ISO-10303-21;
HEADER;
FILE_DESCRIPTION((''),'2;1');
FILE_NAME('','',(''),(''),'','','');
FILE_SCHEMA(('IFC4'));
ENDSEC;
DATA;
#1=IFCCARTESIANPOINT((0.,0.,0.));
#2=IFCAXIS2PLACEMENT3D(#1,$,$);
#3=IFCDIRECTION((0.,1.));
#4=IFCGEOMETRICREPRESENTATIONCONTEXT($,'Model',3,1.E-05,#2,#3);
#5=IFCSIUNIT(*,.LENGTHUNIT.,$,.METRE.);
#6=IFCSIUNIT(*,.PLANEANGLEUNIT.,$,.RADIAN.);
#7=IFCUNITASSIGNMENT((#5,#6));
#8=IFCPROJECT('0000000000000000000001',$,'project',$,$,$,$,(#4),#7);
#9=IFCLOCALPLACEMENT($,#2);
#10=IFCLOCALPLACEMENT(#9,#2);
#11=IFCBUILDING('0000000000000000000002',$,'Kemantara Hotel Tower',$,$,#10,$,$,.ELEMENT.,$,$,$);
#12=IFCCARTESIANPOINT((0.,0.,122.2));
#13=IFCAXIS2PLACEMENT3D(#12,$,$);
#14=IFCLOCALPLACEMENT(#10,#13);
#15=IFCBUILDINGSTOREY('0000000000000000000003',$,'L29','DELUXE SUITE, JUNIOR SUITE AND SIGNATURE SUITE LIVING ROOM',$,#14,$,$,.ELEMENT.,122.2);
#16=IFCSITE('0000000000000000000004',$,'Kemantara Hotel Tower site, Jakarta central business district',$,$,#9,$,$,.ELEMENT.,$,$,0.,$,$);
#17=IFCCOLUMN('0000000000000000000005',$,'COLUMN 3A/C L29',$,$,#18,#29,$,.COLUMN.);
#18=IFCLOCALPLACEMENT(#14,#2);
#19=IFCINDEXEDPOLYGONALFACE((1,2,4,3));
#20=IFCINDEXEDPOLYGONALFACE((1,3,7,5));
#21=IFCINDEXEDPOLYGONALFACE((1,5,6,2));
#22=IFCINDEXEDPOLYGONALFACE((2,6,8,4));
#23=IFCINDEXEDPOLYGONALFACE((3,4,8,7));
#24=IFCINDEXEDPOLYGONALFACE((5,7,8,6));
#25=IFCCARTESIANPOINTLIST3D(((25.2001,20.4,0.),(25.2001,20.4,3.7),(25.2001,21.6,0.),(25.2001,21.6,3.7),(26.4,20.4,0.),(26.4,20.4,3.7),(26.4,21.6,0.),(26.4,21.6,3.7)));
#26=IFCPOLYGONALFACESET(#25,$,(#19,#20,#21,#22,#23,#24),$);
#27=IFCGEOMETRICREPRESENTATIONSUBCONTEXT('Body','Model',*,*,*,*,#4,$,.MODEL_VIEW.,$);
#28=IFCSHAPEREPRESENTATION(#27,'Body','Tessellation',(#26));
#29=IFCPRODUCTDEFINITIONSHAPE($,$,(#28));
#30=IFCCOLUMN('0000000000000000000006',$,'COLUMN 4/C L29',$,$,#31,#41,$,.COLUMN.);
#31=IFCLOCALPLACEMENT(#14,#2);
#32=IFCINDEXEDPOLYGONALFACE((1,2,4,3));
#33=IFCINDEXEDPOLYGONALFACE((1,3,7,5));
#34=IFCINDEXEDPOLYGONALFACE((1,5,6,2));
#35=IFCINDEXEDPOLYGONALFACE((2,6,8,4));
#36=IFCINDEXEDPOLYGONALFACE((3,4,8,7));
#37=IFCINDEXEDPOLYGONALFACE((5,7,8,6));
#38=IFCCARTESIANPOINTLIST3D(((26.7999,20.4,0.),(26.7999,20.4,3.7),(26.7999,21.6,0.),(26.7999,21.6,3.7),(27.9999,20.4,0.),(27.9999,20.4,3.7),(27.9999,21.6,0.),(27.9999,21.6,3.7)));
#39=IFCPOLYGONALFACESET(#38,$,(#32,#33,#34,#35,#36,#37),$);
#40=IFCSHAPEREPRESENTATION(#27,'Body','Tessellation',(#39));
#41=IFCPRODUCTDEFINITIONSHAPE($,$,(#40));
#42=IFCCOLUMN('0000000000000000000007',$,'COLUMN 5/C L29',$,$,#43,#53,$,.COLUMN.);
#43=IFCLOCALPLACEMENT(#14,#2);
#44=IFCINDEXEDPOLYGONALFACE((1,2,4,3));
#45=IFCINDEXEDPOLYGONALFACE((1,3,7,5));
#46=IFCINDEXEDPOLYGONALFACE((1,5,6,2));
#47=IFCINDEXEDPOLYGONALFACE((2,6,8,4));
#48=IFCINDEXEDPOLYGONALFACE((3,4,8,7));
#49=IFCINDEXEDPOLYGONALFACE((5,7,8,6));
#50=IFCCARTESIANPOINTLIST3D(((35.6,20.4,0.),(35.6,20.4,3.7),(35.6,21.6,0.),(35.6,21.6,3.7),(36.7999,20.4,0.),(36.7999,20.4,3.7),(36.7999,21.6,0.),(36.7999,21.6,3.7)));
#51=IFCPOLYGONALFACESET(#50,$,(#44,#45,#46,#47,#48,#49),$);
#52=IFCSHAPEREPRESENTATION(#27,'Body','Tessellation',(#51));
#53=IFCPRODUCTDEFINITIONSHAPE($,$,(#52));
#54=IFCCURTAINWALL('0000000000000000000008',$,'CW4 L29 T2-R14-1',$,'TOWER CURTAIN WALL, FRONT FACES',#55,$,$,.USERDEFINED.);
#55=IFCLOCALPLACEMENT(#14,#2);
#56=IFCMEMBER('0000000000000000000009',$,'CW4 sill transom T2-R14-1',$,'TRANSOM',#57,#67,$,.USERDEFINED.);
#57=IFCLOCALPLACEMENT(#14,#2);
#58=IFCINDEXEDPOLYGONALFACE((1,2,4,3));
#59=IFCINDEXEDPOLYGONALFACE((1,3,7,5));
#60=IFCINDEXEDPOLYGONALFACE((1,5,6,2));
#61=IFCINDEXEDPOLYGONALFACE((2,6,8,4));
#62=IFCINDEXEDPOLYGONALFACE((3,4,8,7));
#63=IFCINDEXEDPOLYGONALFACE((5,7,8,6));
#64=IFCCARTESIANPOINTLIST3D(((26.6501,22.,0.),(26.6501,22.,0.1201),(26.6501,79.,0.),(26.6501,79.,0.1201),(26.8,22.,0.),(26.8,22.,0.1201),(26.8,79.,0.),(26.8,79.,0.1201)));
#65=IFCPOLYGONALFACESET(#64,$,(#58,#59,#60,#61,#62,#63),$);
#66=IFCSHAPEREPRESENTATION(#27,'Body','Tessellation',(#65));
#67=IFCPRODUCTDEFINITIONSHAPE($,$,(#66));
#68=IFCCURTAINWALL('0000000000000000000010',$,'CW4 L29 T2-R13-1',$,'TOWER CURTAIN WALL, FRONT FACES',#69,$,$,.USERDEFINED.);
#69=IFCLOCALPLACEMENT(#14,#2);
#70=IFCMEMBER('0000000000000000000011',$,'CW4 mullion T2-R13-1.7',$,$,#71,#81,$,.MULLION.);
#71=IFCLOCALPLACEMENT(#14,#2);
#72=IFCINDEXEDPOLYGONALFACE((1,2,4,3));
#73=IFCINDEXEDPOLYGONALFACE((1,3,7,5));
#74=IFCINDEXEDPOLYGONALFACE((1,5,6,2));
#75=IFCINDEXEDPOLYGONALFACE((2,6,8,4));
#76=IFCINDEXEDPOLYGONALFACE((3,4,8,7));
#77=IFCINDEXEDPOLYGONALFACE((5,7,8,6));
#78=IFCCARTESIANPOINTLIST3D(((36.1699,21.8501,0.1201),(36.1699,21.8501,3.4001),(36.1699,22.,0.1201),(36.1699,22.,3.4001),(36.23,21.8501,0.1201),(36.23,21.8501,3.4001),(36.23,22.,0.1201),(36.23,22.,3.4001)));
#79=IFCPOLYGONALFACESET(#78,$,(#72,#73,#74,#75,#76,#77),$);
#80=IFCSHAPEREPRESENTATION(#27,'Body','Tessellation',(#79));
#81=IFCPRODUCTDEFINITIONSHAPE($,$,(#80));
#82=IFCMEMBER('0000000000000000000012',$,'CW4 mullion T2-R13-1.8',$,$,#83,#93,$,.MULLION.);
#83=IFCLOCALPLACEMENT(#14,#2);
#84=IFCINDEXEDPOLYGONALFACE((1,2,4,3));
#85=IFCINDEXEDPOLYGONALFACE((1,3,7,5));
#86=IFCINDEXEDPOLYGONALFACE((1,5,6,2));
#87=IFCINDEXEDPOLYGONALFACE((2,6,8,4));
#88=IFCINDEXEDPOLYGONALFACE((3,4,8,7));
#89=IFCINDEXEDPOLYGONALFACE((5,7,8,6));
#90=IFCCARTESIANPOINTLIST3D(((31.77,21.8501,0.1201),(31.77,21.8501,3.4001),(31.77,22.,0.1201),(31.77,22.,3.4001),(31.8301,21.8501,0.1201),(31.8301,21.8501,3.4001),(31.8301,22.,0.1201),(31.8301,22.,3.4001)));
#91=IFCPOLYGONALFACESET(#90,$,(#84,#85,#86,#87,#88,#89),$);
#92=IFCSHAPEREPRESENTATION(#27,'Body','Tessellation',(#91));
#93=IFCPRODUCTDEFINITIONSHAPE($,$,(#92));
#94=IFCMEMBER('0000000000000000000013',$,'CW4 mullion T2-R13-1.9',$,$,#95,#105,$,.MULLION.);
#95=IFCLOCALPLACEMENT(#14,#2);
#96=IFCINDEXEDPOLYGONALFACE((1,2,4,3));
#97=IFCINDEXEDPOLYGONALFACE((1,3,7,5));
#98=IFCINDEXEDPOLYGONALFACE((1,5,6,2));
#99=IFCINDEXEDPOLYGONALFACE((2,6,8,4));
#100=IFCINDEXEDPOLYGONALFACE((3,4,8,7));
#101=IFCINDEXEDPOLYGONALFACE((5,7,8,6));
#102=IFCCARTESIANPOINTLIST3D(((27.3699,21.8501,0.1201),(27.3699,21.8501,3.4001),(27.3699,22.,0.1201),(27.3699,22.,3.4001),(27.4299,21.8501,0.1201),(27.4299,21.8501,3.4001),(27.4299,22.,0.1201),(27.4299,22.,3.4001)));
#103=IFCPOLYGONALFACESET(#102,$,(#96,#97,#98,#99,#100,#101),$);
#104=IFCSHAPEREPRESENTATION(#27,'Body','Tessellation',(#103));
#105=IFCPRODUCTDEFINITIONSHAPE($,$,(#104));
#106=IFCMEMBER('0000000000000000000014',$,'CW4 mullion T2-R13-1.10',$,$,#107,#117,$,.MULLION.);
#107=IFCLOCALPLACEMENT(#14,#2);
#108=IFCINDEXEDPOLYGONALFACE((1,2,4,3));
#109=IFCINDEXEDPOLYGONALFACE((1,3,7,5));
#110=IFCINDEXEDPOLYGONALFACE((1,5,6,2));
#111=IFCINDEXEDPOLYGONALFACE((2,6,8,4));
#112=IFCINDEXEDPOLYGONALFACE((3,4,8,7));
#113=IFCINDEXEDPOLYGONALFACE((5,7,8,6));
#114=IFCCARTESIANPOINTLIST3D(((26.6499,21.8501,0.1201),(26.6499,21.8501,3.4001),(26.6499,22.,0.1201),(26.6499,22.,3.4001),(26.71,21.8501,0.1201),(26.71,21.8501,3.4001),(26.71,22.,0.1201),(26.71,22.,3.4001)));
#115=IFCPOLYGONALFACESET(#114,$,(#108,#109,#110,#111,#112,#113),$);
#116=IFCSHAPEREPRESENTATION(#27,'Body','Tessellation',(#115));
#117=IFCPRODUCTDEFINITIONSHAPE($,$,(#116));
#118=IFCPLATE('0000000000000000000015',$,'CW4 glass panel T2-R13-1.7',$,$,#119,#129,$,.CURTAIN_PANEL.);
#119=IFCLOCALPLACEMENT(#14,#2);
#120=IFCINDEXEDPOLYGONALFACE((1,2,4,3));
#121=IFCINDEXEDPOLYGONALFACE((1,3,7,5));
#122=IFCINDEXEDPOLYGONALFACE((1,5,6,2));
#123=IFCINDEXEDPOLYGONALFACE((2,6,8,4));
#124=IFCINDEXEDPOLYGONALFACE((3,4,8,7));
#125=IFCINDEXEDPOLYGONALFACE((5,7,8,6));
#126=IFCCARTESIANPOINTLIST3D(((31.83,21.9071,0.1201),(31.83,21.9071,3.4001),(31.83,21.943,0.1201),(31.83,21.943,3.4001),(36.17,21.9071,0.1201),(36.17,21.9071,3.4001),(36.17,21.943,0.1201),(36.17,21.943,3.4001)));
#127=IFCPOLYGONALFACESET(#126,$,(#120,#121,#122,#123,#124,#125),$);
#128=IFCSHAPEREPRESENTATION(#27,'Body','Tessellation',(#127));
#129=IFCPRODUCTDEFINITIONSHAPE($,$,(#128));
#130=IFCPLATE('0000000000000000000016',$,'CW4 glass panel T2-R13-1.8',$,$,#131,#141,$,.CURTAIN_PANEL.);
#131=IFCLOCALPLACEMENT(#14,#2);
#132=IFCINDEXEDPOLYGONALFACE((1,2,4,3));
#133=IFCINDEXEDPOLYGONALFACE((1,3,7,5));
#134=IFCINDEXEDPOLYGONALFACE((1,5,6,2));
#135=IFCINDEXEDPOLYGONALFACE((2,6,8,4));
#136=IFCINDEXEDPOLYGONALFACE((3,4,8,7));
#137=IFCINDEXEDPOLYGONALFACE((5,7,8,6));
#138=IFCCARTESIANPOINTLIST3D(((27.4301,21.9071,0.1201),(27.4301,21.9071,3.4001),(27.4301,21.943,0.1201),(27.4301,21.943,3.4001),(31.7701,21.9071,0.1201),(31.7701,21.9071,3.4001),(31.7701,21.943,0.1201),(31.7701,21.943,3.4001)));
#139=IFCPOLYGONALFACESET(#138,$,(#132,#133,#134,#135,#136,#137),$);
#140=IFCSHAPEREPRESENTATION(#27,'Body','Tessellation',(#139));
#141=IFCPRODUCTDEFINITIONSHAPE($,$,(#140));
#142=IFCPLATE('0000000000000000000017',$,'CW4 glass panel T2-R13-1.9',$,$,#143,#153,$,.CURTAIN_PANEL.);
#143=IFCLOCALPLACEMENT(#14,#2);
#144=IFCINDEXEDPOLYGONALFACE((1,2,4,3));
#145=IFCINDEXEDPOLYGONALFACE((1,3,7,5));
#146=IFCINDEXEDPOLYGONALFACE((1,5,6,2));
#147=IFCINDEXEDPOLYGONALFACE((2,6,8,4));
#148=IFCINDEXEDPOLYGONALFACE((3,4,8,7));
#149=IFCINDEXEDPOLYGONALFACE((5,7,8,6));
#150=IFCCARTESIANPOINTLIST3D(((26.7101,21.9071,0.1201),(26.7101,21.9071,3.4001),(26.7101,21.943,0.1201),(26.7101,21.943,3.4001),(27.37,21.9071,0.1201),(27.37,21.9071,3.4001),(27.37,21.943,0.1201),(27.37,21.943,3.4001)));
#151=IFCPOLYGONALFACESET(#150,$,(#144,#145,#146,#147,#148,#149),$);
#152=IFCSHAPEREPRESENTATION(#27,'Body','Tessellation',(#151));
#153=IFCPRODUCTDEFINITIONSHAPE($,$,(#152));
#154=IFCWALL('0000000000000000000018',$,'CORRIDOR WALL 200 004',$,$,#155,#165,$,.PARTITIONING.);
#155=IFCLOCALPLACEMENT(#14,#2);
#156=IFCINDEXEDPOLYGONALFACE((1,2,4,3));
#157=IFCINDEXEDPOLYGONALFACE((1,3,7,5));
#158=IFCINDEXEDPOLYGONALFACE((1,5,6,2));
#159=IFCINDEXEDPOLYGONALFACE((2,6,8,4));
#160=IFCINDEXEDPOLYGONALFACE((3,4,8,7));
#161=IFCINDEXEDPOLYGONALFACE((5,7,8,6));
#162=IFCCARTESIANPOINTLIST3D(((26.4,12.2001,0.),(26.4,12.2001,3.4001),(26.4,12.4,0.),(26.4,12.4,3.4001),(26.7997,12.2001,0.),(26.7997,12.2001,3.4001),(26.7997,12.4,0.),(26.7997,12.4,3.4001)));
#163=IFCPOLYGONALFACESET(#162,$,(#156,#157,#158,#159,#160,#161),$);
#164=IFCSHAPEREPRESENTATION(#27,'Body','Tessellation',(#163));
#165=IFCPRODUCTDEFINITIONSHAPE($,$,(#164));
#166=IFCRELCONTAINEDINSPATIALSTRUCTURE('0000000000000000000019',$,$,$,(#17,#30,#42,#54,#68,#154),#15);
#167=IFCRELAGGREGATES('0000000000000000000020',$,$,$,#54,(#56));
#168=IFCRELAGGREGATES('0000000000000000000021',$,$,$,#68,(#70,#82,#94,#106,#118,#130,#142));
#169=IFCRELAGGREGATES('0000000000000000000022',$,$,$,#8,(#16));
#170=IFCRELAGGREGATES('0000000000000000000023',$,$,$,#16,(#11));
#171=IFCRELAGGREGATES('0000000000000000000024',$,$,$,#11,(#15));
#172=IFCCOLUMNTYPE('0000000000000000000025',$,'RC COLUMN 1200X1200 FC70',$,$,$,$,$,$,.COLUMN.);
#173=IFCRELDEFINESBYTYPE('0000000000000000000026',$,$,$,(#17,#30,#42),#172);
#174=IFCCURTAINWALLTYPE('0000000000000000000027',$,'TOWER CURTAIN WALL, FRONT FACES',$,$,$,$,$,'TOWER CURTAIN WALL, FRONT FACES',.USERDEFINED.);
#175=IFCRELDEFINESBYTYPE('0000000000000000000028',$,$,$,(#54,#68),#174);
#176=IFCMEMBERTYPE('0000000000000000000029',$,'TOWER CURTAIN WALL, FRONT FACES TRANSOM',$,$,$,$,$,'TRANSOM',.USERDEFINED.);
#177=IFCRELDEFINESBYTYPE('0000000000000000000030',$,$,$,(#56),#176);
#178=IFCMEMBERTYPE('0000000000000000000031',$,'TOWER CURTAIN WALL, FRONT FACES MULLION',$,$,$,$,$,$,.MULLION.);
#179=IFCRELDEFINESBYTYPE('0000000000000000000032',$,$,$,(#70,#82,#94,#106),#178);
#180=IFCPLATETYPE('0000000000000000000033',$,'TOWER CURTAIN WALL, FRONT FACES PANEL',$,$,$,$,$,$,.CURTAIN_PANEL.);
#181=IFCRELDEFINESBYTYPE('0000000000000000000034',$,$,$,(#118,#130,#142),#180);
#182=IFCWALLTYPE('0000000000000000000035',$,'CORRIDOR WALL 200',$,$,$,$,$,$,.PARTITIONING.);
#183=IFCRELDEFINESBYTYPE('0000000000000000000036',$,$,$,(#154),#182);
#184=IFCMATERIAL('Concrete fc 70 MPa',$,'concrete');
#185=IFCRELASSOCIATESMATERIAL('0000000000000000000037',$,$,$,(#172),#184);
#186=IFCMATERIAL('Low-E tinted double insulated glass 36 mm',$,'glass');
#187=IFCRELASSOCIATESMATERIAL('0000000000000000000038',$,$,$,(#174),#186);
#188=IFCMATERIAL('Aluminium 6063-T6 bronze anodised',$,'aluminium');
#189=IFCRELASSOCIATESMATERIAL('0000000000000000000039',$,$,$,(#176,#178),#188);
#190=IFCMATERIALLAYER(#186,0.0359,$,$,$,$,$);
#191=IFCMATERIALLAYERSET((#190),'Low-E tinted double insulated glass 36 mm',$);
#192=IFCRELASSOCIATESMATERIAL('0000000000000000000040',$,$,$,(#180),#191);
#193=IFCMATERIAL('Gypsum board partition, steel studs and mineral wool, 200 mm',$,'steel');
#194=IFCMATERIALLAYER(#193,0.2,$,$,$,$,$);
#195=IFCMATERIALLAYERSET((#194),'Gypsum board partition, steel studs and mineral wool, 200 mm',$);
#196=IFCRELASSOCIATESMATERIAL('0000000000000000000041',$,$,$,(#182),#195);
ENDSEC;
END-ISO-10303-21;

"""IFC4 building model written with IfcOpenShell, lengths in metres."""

from ifc_helpers import new_model, si_unit, direction, frame, frame_2d, origin, origin_2d, place, context, subcontext, project, spatial, rectangle, extrude, source, transform, mapped, material, layer, layer_set, material_profile, profile_set, type_object, element, aggregate, save


model = new_model("IFC4")

# Units and contexts
model_context = context("Model", 3, precision=1e-05, world=origin(), true_north=direction((0.0, 1.0)))
body_context = subcontext(model_context, "Body", "Model", "MODEL_VIEW")
ifc_project = project(units=[si_unit("LENGTHUNIT", "METRE"), si_unit("PLANEANGLEUNIT", "RADIAN")], contexts=[model_context])

# Site, building, storey
site_placement = place(None, origin())
site = spatial("IfcSite", under=ifc_project, at=site_placement, Name="Kemantara Hotel Tower site, Jakarta central business district", CompositionType="ELEMENT", RefElevation=0.0)
building_placement = place(site_placement, origin())
building = spatial("IfcBuilding", under=site, at=building_placement, Name="Kemantara Hotel Tower", CompositionType="ELEMENT")
storey_placement = place(building_placement, frame((0.0, 0.0, 122.2)))
storey = spatial("IfcBuildingStorey", under=building, at=storey_placement, Name="L29", Description="DELUXE SUITE, JUNIOR SUITE AND SIGNATURE SUITE LIVING ROOM", CompositionType="ELEMENT", Elevation=122.2)

# Columns
ifc_material_1 = material(Name="Concrete fc 70 MPa", Category="concrete")
ifc_material_profile_1 = material_profile(ifc_material_1, rectangle(XDim=1.2, YDim=1.2, at=origin_2d()), Name="RC 1200X1200")
ifc_profile_set_1 = profile_set([ifc_material_profile_1], Name="Concrete fc 70 MPa")
column_type = type_object("IfcColumnType", Name="RC COLUMN 1200X1200 FC70", PredefinedType="COLUMN", material=ifc_profile_set_1)
for number, where, z_axis, x_axis, name in (
    (1, (25.8, 21.0, 0.0), (0.0, 0.0, 1.0), (1.0, 0.0, 0.0), "COLUMN 3A/C L29"),
    (2, (27.3999, 21.0, 0.0), (0.0, 0.0, 1.0), (1.0, 0.0, 0.0), "COLUMN 4/C L29"),
    (3, (36.2, 21.0, 0.0), (0.0, 0.0, 1.0), (1.0, 0.0, 0.0), "COLUMN 5/C L29"),
):
    element("IfcColumn", number, at=place(storey_placement, frame(where, z_axis=z_axis, x_axis=x_axis)), inside=storey, type_object=column_type, Name=name, PredefinedType="COLUMN", context=body_context, shape_type="SweptSolid", body=[
        extrude(rectangle(XDim=1.2, YDim=1.2, at=origin_2d()), origin(), (0.0, 0.0, 1.0), 3.7),
    ])

# Curtain wall, member
ifc_material_2 = material(Name="Low-E tinted double insulated glass 36 mm", Category="glass")
curtain_wall_type = type_object("IfcCurtainWallType", Name="TOWER CURTAIN WALL, FRONT FACES", ElementType="TOWER CURTAIN WALL, FRONT FACES", PredefinedType="USERDEFINED", material=ifc_material_2)
curtain_wall_1_placement = place(storey_placement, origin())
curtain_wall_1 = element("IfcCurtainWall", 4, at=curtain_wall_1_placement, inside=storey, type_object=curtain_wall_type, Name="CW4 L29 T2-R14-1", ObjectType="TOWER CURTAIN WALL, FRONT FACES", PredefinedType="USERDEFINED")
ifc_material_3 = material(Name="Aluminium 6063-T6 bronze anodised", Category="aluminium")
ifc_material_profile_2 = material_profile(ifc_material_3, rectangle(XDim=0.1499, YDim=0.1201, at=origin_2d()), Name="TOWER CURTAIN WALL, FRONT FACES TRANSOM")
ifc_profile_set_2 = profile_set([ifc_material_profile_2], Name="Aluminium 6063-T6 bronze anodised")
member_type_1 = type_object("IfcMemberType", Name="TOWER CURTAIN WALL, FRONT FACES TRANSOM", ElementType="TRANSOM", PredefinedType="USERDEFINED", material=ifc_profile_set_2)
member_1_placement = place(storey_placement, frame((26.7251, 22.0, 0.0601), z_axis=(0.0, 1.0, 0.0), x_axis=(-1.0, 0.0, 0.0)))
member_1 = element("IfcMember", 5, at=member_1_placement, type_object=member_type_1, Name="CW4 sill transom T2-R14-1", ObjectType="TRANSOM", PredefinedType="USERDEFINED", context=body_context, shape_type="SweptSolid", body=[
    extrude(rectangle(XDim=0.1499, YDim=0.1201, at=origin_2d()), origin(), (0.0, 0.0, 1.0), 57.0),
])
aggregate(curtain_wall_1, [member_1])

# Curtain wall, members, plates
curtain_wall_2_placement = place(storey_placement, origin())
curtain_wall_2 = element("IfcCurtainWall", 6, at=curtain_wall_2_placement, inside=storey, type_object=curtain_wall_type, Name="CW4 L29 T2-R13-1", ObjectType="TOWER CURTAIN WALL, FRONT FACES", PredefinedType="USERDEFINED")
ifc_material_profile_3 = material_profile(ifc_material_3, rectangle(XDim=0.1499, YDim=0.0601, at=origin_2d()), Name="TOWER CURTAIN WALL, FRONT FACES MULLION")
ifc_profile_set_3 = profile_set([ifc_material_profile_3], Name="Aluminium 6063-T6 bronze anodised")
member_type_2 = type_object("IfcMemberType", Name="TOWER CURTAIN WALL, FRONT FACES MULLION", PredefinedType="MULLION", material=ifc_profile_set_3)
shared_shape_1 = source(origin(), body_context, "Body", "SweptSolid", [
    extrude(rectangle(XDim=0.1499, YDim=0.0601, at=origin_2d()), origin(), (0.0, 0.0, 1.0), 3.28),
])
member_2_placement = place(storey_placement, frame((36.2, 21.925, 0.1201), z_axis=(0.0, 0.0, 1.0), x_axis=(0.0, -1.0, 0.0)))
member_2 = element("IfcMember", 7, at=member_2_placement, type_object=member_type_2, Name="CW4 mullion T2-R13-1.7", PredefinedType="MULLION", context=body_context, shape_type="MappedRepresentation", body=[
    mapped(shared_shape_1, transform((0.0, 0.0, 0.0))),
])
member_3_placement = place(storey_placement, frame((31.8, 21.925, 0.1201), z_axis=(0.0, 0.0, 1.0), x_axis=(0.0, -1.0, 0.0)))
member_3 = element("IfcMember", 8, at=member_3_placement, type_object=member_type_2, Name="CW4 mullion T2-R13-1.8", PredefinedType="MULLION", context=body_context, shape_type="MappedRepresentation", body=[
    mapped(shared_shape_1, transform((0.0, 0.0, 0.0))),
])
member_4_placement = place(storey_placement, frame((27.3999, 21.925, 0.1201), z_axis=(0.0, 0.0, 1.0), x_axis=(0.0, -1.0, 0.0)))
member_4 = element("IfcMember", 9, at=member_4_placement, type_object=member_type_2, Name="CW4 mullion T2-R13-1.9", PredefinedType="MULLION", context=body_context, shape_type="MappedRepresentation", body=[
    mapped(shared_shape_1, transform((0.0, 0.0, 0.0))),
])
member_5_placement = place(storey_placement, frame((26.6799, 21.925, 0.1201), z_axis=(0.0, 0.0, 1.0), x_axis=(0.0, -1.0, 0.0)))
member_5 = element("IfcMember", 10, at=member_5_placement, type_object=member_type_2, Name="CW4 mullion T2-R13-1.10", PredefinedType="MULLION", context=body_context, shape_type="MappedRepresentation", body=[
    mapped(shared_shape_1, transform((0.0, 0.0, 0.0))),
])
ifc_layer_1 = layer(ifc_material_2, 0.0359)
ifc_layer_set_1 = layer_set([ifc_layer_1], Name="Low-E tinted double insulated glass 36 mm")
plate_type = type_object("IfcPlateType", Name="TOWER CURTAIN WALL, FRONT FACES PANEL", PredefinedType="CURTAIN_PANEL", material=ifc_layer_set_1)
shared_shape_2 = source(origin(), body_context, "Body", "SweptSolid", [
    extrude(rectangle(XDim=4.3401, YDim=0.0359, at=origin_2d()), origin(), (0.0, 0.0, 1.0), 3.28),
])
plate_1_placement = place(storey_placement, frame((34.0, 21.925, 0.1201), z_axis=(0.0, 0.0, 1.0), x_axis=(-1.0, 0.0, 0.0)))
plate_1 = element("IfcPlate", 11, at=plate_1_placement, type_object=plate_type, Name="CW4 glass panel T2-R13-1.7", PredefinedType="CURTAIN_PANEL", context=body_context, shape_type="MappedRepresentation", body=[
    mapped(shared_shape_2, transform((0.0, 0.0, 0.0))),
])
plate_2_placement = place(storey_placement, frame((29.6001, 21.925, 0.1201), z_axis=(0.0, 0.0, 1.0), x_axis=(-1.0, 0.0, 0.0)))
plate_2 = element("IfcPlate", 12, at=plate_2_placement, type_object=plate_type, Name="CW4 glass panel T2-R13-1.8", PredefinedType="CURTAIN_PANEL", context=body_context, shape_type="MappedRepresentation", body=[
    mapped(shared_shape_2, transform((0.0, 0.0, 0.0))),
])
shared_shape_3 = source(origin(), body_context, "Body", "SweptSolid", [
    extrude(rectangle(XDim=0.6599, YDim=0.0359, at=origin_2d()), origin(), (0.0, 0.0, 1.0), 3.28),
])
plate_3_placement = place(storey_placement, frame((27.04, 21.925, 0.1201), z_axis=(0.0, 0.0, 1.0), x_axis=(-1.0, 0.0, 0.0)))
plate_3 = element("IfcPlate", 13, at=plate_3_placement, type_object=plate_type, Name="CW4 glass panel T2-R13-1.9", PredefinedType="CURTAIN_PANEL", context=body_context, shape_type="MappedRepresentation", body=[
    mapped(shared_shape_3, transform((0.0, 0.0, 0.0))),
])
aggregate(curtain_wall_2, [member_2, member_3, member_4, member_5, plate_1, plate_2, plate_3])

# Wall
ifc_material_4 = material(Name="Gypsum board partition, steel studs and mineral wool, 200 mm", Category="steel")
ifc_layer_2 = layer(ifc_material_4, 0.2)
ifc_layer_set_2 = layer_set([ifc_layer_2], Name="Gypsum board partition, steel studs and mineral wool, 200 mm")
wall_type_1 = type_object("IfcWallType", Name="CORRIDOR WALL 200", PredefinedType="PARTITIONING", material=ifc_layer_set_2)
wall_1_placement = place(storey_placement, frame((26.4001, 12.3, 0.0), z_axis=(0.0, 0.0, 1.0), x_axis=(1.0, 0.0, 0.0)))
element("IfcWall", 14, at=wall_1_placement, inside=storey, type_object=wall_type_1, Name="CORRIDOR WALL 200 004", PredefinedType="PARTITIONING", context=body_context, shape_type="SweptSolid", body=[
    extrude(rectangle(XDim=0.3997, YDim=0.2, at=frame_2d((0.1997, 0.0))), origin(), (0.0, 0.0, 1.0), 3.4001),
])

save(model, "model.ifc")
